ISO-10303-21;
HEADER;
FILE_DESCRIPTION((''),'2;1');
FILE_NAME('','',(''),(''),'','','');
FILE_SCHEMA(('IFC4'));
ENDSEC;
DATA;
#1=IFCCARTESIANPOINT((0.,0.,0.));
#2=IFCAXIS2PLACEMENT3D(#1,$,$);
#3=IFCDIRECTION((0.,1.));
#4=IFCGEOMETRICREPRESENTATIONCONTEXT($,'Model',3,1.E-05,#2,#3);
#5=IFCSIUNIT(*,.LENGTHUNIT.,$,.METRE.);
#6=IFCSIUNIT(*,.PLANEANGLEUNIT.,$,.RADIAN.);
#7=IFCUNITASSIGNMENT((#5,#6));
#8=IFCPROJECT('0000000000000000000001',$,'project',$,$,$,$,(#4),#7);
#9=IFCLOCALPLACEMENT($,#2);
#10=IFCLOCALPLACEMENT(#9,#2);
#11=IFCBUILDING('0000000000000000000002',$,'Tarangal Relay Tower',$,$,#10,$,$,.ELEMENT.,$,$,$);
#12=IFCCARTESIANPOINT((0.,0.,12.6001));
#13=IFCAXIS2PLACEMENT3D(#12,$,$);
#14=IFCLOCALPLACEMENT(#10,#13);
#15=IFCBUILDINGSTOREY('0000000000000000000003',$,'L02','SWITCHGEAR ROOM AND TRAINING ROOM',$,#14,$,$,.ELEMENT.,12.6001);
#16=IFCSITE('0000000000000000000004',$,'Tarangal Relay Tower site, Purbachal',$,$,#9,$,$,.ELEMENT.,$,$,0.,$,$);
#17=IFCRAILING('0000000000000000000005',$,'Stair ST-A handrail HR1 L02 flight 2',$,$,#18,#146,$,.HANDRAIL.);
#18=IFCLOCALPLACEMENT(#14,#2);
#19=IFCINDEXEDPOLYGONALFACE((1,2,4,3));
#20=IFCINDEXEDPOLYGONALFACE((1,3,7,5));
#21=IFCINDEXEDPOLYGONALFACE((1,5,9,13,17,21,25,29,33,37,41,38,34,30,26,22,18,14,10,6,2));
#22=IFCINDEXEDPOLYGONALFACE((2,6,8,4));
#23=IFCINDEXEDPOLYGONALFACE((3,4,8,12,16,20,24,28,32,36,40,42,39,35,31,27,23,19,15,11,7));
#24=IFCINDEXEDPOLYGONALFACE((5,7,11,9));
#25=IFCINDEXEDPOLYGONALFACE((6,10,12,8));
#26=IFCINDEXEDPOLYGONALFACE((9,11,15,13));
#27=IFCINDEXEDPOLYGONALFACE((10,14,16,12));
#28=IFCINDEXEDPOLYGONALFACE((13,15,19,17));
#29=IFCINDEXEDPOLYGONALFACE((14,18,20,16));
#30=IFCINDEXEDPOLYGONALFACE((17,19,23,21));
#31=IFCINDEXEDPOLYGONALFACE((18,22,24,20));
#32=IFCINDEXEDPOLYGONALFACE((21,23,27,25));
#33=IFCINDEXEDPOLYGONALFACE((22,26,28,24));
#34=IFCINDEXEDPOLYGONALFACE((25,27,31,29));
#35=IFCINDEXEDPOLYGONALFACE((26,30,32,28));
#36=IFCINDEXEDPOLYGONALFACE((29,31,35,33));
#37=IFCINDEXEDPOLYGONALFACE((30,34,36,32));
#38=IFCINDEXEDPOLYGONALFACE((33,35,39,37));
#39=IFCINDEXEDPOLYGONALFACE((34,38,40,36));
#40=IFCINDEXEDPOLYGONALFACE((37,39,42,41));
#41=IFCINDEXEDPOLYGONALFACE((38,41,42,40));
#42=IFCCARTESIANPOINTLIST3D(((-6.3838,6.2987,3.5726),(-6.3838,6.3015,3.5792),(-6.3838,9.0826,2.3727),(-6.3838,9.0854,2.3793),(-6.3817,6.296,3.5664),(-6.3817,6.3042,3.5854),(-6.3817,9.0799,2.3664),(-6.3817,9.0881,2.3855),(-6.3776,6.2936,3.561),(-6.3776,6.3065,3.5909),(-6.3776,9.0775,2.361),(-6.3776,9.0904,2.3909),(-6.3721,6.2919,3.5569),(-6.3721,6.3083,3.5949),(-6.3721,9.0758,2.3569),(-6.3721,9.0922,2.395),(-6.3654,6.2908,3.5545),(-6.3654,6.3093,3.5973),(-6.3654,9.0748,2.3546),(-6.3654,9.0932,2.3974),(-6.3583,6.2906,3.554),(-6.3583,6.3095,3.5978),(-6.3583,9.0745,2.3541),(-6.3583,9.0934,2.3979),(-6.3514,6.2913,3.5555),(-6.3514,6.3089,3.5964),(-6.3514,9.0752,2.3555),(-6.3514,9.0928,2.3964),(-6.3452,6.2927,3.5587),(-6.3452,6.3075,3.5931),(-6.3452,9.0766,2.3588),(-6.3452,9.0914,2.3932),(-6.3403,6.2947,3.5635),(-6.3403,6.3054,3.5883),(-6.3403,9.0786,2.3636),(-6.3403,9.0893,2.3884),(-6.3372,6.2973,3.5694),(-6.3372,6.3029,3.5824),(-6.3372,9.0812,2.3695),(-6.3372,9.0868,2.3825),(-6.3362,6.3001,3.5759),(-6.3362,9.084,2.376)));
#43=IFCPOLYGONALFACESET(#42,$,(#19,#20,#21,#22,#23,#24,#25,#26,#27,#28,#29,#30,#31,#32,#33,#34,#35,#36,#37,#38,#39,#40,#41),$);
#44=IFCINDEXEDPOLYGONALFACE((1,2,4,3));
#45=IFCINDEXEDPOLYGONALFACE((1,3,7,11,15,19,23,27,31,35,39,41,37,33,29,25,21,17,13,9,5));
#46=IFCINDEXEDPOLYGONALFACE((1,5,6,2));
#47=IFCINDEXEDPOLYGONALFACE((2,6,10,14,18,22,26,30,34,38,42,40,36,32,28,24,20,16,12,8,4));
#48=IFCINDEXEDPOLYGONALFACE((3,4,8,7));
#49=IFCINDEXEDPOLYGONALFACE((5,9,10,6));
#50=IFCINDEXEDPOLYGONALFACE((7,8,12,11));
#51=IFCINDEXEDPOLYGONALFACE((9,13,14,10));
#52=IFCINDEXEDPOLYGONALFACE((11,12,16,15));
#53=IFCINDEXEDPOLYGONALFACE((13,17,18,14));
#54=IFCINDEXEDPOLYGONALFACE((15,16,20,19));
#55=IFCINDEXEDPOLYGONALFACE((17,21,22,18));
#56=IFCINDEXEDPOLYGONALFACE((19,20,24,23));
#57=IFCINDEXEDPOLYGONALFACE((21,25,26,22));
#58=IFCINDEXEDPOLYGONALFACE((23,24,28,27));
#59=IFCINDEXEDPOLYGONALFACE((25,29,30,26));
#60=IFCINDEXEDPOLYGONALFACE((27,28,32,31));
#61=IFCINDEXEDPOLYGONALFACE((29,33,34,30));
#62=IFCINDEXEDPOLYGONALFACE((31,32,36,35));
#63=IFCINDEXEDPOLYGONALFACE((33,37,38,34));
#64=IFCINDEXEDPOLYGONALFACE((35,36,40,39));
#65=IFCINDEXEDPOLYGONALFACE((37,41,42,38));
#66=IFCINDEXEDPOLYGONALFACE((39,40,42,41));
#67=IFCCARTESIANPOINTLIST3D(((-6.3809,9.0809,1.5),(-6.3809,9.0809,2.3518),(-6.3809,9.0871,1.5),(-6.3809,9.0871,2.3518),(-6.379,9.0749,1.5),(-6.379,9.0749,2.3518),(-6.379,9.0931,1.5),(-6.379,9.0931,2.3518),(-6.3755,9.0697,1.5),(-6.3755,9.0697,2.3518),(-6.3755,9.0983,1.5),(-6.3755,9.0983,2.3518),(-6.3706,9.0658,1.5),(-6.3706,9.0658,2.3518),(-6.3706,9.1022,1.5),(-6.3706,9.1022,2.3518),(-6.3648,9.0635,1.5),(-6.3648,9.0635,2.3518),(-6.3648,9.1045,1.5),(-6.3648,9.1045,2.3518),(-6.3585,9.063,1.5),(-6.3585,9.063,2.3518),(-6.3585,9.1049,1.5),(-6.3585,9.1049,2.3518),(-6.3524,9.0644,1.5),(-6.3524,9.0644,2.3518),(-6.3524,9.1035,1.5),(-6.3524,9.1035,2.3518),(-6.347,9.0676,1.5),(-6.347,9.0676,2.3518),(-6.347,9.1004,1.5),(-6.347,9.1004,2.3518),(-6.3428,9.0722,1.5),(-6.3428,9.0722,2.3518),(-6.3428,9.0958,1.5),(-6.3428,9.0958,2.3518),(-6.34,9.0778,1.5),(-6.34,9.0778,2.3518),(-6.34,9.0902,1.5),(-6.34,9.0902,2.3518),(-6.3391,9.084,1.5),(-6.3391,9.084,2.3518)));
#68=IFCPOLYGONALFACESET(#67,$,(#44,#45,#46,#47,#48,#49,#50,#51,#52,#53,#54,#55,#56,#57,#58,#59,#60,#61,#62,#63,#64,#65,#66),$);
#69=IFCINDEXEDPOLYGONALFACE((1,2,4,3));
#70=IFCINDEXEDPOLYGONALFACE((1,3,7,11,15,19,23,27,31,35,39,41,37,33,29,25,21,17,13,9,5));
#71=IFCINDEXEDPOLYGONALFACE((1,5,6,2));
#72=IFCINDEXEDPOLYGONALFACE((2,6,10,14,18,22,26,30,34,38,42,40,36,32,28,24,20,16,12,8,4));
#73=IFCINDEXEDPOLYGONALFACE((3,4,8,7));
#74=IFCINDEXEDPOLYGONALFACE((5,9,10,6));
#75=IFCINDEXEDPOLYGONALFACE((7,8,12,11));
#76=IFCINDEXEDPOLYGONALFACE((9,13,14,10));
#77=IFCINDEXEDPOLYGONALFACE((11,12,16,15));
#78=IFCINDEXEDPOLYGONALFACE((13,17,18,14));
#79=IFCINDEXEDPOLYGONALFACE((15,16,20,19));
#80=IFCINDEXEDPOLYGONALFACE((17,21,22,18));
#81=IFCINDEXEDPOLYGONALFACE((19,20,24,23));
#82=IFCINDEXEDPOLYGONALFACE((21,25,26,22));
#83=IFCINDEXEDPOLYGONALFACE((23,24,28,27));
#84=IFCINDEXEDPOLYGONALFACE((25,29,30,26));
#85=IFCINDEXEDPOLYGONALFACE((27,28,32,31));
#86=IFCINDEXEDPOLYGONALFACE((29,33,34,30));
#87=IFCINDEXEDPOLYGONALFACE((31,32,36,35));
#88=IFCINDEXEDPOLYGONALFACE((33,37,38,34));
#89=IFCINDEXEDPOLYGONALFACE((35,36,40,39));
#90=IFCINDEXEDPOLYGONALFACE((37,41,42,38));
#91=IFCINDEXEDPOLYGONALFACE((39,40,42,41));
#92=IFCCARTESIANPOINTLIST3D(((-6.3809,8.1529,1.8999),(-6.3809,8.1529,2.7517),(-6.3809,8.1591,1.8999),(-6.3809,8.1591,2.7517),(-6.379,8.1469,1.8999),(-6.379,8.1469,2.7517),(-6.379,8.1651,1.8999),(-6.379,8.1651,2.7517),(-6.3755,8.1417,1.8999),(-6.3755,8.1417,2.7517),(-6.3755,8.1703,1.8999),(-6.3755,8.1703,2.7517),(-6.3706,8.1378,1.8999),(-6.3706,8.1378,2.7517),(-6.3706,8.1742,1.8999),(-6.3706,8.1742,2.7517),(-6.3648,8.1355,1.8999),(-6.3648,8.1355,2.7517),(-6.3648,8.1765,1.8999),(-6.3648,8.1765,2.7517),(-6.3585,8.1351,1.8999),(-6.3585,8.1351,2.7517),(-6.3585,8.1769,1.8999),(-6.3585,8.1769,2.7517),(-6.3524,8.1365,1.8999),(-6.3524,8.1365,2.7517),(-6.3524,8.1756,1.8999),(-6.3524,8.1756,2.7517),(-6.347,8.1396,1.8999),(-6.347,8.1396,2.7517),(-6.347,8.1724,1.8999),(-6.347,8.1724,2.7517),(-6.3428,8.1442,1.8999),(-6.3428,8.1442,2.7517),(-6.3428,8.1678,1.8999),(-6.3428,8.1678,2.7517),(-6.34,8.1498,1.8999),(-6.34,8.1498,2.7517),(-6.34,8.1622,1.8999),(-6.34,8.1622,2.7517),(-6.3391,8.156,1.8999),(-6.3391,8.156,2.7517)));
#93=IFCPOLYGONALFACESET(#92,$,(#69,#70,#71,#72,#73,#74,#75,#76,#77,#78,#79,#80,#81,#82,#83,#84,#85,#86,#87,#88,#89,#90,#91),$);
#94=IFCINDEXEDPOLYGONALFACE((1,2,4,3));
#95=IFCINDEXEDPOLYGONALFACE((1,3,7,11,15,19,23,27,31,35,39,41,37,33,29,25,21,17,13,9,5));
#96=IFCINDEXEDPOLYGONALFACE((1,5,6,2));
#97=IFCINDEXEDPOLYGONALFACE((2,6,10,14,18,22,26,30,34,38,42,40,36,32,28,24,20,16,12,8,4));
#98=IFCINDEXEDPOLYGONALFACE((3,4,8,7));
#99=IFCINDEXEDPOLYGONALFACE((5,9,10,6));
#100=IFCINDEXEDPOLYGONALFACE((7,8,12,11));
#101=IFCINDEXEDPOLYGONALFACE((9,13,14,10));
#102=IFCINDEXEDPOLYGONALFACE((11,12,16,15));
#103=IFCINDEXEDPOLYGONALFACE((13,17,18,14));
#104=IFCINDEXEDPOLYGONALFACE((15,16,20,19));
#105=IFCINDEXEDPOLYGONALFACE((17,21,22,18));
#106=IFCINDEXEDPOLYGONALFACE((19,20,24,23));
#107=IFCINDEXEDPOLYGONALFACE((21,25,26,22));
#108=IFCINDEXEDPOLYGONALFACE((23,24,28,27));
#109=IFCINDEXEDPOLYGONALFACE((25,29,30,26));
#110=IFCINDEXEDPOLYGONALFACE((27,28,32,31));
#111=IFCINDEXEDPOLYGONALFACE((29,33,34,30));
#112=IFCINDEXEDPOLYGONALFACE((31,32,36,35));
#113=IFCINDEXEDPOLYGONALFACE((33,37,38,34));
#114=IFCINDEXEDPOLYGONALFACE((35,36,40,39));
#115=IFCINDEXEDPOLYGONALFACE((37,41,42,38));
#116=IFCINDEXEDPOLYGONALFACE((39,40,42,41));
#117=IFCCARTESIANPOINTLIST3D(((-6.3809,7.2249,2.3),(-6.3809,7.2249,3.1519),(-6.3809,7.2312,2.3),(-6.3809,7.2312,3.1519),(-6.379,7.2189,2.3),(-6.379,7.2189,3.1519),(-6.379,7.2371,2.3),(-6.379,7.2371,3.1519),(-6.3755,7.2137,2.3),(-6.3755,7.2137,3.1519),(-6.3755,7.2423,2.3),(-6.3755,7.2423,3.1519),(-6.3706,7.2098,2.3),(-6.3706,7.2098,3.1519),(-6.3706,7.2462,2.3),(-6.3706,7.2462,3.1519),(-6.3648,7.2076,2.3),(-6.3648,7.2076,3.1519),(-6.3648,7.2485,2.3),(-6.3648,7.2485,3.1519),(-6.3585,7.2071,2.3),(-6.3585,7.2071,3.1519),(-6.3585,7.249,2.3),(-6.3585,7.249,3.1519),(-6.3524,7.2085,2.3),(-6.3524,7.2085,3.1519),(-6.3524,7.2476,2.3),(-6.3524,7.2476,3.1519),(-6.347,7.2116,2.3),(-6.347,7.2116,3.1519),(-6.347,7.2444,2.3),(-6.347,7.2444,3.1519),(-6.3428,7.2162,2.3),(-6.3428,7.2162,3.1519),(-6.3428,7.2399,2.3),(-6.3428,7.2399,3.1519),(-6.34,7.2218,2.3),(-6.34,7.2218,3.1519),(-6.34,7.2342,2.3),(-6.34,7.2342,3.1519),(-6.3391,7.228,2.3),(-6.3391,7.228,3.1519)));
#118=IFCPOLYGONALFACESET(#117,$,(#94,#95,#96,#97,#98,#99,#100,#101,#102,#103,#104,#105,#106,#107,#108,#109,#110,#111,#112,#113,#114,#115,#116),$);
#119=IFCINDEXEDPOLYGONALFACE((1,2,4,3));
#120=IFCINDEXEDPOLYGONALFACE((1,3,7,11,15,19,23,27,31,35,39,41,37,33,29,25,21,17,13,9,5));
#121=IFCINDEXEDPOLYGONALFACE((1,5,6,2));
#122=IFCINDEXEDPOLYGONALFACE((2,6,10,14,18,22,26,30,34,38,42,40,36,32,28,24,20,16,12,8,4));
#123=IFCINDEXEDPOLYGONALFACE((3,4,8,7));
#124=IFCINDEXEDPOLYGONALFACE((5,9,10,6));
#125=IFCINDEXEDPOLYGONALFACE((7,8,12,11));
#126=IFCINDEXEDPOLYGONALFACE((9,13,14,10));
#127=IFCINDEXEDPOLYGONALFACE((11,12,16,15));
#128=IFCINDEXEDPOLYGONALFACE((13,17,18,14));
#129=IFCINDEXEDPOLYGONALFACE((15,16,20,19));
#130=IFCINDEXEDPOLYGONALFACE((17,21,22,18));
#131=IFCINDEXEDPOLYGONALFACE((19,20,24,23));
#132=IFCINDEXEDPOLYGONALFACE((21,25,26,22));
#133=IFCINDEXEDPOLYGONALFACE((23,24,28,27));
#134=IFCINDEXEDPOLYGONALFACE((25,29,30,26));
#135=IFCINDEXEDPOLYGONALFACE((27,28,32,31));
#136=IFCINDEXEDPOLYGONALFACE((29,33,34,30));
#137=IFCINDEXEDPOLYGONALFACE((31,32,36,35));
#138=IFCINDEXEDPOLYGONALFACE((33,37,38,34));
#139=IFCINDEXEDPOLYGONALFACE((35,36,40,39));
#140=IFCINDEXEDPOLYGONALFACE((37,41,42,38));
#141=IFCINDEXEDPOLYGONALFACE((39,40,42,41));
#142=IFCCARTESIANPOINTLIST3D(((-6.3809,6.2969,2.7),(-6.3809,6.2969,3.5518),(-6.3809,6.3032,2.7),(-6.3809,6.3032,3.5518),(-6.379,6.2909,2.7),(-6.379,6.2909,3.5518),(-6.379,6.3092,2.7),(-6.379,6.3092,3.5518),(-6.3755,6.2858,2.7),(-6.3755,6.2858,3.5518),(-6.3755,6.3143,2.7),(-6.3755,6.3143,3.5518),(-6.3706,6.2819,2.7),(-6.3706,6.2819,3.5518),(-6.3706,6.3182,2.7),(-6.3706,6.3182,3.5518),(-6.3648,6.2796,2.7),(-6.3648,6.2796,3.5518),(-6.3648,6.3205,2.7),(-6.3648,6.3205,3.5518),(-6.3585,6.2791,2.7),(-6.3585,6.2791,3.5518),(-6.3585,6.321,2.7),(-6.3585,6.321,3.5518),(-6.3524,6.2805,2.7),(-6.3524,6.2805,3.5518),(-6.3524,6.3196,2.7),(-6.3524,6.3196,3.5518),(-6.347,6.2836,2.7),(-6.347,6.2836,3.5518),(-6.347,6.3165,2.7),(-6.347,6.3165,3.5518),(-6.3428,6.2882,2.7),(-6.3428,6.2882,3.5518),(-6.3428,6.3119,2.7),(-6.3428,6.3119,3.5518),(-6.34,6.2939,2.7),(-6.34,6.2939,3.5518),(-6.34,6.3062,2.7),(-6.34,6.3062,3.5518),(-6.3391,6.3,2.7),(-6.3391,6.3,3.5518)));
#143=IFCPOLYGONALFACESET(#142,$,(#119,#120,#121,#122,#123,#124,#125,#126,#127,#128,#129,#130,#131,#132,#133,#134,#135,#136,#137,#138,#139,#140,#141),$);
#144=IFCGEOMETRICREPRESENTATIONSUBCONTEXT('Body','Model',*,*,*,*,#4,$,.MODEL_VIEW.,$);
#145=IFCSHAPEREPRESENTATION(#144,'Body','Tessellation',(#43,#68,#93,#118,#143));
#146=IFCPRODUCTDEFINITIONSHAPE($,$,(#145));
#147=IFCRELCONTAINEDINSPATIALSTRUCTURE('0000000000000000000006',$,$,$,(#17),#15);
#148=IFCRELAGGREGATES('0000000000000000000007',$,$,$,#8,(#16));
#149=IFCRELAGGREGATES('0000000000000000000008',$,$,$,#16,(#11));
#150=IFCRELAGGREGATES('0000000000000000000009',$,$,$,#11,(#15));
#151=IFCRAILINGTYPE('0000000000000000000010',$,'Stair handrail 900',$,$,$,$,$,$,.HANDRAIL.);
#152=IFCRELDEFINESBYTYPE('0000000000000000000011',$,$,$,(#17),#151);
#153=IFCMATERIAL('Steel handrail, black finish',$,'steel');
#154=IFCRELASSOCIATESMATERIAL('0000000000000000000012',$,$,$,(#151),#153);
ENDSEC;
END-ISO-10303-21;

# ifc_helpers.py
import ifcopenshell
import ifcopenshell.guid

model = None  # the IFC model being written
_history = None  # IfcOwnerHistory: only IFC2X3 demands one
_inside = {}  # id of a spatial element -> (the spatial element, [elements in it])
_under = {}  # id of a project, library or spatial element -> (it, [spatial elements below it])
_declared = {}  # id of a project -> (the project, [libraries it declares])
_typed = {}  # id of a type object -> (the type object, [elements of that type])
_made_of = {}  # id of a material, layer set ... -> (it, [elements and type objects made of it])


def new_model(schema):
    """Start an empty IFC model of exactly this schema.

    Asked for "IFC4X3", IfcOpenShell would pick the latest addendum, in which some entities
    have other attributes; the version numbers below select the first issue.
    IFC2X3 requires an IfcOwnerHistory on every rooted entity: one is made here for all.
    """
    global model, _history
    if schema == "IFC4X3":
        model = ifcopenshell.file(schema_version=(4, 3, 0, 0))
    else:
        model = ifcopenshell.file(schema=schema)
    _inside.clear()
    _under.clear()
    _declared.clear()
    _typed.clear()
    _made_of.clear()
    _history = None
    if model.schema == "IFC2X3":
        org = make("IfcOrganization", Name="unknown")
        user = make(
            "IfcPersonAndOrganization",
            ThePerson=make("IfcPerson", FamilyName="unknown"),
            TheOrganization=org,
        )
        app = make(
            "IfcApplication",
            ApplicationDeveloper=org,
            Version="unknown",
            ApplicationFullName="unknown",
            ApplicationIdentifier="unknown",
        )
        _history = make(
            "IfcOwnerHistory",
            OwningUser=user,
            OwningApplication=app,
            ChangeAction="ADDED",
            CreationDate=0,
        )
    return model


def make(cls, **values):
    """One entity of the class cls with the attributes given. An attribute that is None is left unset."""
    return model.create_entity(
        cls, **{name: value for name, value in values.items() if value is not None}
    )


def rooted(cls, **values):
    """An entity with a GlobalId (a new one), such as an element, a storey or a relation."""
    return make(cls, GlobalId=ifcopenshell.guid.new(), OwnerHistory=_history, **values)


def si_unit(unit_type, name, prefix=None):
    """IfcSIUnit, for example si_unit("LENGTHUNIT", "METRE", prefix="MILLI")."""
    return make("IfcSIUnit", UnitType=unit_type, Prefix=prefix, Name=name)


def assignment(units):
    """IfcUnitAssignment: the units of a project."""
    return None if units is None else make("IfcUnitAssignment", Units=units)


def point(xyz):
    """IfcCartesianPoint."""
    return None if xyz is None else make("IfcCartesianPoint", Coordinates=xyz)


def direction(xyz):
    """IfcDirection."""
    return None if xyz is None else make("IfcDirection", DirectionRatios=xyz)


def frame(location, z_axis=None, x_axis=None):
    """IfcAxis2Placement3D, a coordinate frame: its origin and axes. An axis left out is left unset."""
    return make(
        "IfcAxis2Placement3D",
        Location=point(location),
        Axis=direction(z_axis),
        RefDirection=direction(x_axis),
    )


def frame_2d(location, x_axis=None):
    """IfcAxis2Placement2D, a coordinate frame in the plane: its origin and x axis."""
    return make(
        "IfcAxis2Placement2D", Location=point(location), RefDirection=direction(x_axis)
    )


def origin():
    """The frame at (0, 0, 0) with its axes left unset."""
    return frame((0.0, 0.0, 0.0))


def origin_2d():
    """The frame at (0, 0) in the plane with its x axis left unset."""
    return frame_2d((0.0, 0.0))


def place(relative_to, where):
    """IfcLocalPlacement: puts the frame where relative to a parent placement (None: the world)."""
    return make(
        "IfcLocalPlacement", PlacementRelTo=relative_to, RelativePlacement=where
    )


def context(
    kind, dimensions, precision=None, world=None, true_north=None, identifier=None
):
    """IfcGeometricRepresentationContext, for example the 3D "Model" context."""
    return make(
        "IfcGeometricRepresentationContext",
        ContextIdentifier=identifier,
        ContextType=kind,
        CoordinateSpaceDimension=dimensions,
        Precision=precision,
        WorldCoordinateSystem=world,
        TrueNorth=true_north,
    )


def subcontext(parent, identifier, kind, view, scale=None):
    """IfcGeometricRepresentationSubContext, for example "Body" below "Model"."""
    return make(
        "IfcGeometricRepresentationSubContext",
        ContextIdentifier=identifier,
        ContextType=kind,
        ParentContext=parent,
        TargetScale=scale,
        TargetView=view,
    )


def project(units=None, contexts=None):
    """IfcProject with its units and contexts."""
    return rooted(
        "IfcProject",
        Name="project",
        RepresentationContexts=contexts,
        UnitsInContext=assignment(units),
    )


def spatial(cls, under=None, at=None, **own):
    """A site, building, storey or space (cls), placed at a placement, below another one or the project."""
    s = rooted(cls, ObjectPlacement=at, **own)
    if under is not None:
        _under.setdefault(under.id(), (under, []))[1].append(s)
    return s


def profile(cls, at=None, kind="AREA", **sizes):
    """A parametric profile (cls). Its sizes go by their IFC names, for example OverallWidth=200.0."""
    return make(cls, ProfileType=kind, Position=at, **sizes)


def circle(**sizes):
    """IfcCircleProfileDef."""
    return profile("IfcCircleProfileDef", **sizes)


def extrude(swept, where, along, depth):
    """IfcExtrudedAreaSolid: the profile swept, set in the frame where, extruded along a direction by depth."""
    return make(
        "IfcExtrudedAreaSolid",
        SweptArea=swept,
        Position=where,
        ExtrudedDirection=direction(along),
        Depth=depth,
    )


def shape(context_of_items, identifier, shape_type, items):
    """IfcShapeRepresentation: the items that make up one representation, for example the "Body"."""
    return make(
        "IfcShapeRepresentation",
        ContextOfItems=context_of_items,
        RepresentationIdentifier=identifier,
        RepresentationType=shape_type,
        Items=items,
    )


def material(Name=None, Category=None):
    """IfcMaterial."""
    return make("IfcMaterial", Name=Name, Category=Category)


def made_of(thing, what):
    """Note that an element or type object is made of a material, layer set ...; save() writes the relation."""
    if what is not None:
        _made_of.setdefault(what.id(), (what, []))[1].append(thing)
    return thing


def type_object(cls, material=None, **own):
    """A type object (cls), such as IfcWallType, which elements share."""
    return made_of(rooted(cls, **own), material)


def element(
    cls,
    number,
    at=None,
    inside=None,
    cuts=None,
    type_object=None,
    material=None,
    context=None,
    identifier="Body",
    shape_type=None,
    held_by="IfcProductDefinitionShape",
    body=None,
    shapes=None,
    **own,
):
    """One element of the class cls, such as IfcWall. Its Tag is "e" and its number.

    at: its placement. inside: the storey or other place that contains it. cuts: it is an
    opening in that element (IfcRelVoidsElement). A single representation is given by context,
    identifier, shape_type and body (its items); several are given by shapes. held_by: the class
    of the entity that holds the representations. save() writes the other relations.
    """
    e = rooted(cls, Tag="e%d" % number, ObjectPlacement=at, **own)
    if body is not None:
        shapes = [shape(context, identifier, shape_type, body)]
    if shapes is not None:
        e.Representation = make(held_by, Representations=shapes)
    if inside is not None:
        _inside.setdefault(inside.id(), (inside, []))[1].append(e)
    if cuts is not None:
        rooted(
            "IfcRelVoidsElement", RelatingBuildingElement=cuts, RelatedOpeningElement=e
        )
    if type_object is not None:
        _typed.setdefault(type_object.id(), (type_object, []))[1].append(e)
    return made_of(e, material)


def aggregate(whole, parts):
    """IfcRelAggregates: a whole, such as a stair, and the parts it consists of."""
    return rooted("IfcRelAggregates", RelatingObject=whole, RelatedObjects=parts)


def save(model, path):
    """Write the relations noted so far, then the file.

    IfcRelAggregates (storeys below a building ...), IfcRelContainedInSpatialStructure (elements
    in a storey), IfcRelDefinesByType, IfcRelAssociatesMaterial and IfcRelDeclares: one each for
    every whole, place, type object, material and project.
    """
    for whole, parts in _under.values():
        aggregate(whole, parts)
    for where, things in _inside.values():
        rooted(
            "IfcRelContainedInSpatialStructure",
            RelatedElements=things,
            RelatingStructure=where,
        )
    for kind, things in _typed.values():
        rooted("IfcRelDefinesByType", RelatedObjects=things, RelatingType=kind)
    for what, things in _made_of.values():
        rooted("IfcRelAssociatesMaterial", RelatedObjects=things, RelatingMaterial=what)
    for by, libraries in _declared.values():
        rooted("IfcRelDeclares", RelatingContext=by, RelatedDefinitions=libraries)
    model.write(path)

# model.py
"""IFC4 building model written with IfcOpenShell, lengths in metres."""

from ifc_helpers import new_model, si_unit, direction, frame, origin, origin_2d, place, context, subcontext, project, spatial, circle, extrude, material, type_object, element, save


model = new_model("IFC4")

# Units and contexts
model_context = context("Model", 3, precision=1e-05, world=origin(), true_north=direction((0.0, 1.0)))
body_context = subcontext(model_context, "Body", "Model", "MODEL_VIEW")
ifc_project = project(units=[si_unit("LENGTHUNIT", "METRE"), si_unit("PLANEANGLEUNIT", "RADIAN")], contexts=[model_context])

# Site, building, storey
site_placement = place(None, origin())
site = spatial("IfcSite", under=ifc_project, at=site_placement, Name="Tarangal Relay Tower site, Purbachal", CompositionType="ELEMENT", RefElevation=0.0)
building_placement = place(site_placement, origin())
building = spatial("IfcBuilding", under=site, at=building_placement, Name="Tarangal Relay Tower", CompositionType="ELEMENT")
storey_placement = place(building_placement, frame((0.0, 0.0, 12.6001)))
storey = spatial("IfcBuildingStorey", under=building, at=storey_placement, Name="L02", Description="SWITCHGEAR ROOM AND TRAINING ROOM", CompositionType="ELEMENT", Elevation=12.6001)

# Railing
ifc_material_1 = material(Name="Steel handrail, black finish", Category="steel")
railing_type_1 = type_object("IfcRailingType", Name="Stair handrail 900", PredefinedType="HANDRAIL", material=ifc_material_1)
for number, where, name in (
    (1, (-6.3601, 9.084, 1.5), "Stair ST-A handrail HR1 L02 flight 2"),
):
    element("IfcRailing", number, at=place(storey_placement, frame(where)), inside=storey, type_object=railing_type_1, Name=name, PredefinedType="HANDRAIL", context=body_context, shape_type="SweptSolid", body=[
        extrude(circle(Radius=0.0239, at=origin_2d()), frame((0.0, 0.0, 0.876), z_axis=(0.0, -0.918327, 0.395823), x_axis=(1.0, 0.0, 0.0)), (0.0, 0.0, 1.0), 3.0315),
        extrude(circle(Radius=0.021, at=origin_2d()), origin(), (0.0, 0.0, 1.0), 0.8518),
        extrude(circle(Radius=0.021, at=origin_2d()), frame((0.0, -0.928, 0.3999)), (0.0, 0.0, 1.0), 0.8518),
        extrude(circle(Radius=0.021, at=origin_2d()), frame((0.0, -1.856, 0.8)), (0.0, 0.0, 1.0), 0.8518),
        extrude(circle(Radius=0.021, at=origin_2d()), frame((0.0, -2.7839, 1.2)), (0.0, 0.0, 1.0), 0.8518),
    ])

save(model, "model.ifc")
